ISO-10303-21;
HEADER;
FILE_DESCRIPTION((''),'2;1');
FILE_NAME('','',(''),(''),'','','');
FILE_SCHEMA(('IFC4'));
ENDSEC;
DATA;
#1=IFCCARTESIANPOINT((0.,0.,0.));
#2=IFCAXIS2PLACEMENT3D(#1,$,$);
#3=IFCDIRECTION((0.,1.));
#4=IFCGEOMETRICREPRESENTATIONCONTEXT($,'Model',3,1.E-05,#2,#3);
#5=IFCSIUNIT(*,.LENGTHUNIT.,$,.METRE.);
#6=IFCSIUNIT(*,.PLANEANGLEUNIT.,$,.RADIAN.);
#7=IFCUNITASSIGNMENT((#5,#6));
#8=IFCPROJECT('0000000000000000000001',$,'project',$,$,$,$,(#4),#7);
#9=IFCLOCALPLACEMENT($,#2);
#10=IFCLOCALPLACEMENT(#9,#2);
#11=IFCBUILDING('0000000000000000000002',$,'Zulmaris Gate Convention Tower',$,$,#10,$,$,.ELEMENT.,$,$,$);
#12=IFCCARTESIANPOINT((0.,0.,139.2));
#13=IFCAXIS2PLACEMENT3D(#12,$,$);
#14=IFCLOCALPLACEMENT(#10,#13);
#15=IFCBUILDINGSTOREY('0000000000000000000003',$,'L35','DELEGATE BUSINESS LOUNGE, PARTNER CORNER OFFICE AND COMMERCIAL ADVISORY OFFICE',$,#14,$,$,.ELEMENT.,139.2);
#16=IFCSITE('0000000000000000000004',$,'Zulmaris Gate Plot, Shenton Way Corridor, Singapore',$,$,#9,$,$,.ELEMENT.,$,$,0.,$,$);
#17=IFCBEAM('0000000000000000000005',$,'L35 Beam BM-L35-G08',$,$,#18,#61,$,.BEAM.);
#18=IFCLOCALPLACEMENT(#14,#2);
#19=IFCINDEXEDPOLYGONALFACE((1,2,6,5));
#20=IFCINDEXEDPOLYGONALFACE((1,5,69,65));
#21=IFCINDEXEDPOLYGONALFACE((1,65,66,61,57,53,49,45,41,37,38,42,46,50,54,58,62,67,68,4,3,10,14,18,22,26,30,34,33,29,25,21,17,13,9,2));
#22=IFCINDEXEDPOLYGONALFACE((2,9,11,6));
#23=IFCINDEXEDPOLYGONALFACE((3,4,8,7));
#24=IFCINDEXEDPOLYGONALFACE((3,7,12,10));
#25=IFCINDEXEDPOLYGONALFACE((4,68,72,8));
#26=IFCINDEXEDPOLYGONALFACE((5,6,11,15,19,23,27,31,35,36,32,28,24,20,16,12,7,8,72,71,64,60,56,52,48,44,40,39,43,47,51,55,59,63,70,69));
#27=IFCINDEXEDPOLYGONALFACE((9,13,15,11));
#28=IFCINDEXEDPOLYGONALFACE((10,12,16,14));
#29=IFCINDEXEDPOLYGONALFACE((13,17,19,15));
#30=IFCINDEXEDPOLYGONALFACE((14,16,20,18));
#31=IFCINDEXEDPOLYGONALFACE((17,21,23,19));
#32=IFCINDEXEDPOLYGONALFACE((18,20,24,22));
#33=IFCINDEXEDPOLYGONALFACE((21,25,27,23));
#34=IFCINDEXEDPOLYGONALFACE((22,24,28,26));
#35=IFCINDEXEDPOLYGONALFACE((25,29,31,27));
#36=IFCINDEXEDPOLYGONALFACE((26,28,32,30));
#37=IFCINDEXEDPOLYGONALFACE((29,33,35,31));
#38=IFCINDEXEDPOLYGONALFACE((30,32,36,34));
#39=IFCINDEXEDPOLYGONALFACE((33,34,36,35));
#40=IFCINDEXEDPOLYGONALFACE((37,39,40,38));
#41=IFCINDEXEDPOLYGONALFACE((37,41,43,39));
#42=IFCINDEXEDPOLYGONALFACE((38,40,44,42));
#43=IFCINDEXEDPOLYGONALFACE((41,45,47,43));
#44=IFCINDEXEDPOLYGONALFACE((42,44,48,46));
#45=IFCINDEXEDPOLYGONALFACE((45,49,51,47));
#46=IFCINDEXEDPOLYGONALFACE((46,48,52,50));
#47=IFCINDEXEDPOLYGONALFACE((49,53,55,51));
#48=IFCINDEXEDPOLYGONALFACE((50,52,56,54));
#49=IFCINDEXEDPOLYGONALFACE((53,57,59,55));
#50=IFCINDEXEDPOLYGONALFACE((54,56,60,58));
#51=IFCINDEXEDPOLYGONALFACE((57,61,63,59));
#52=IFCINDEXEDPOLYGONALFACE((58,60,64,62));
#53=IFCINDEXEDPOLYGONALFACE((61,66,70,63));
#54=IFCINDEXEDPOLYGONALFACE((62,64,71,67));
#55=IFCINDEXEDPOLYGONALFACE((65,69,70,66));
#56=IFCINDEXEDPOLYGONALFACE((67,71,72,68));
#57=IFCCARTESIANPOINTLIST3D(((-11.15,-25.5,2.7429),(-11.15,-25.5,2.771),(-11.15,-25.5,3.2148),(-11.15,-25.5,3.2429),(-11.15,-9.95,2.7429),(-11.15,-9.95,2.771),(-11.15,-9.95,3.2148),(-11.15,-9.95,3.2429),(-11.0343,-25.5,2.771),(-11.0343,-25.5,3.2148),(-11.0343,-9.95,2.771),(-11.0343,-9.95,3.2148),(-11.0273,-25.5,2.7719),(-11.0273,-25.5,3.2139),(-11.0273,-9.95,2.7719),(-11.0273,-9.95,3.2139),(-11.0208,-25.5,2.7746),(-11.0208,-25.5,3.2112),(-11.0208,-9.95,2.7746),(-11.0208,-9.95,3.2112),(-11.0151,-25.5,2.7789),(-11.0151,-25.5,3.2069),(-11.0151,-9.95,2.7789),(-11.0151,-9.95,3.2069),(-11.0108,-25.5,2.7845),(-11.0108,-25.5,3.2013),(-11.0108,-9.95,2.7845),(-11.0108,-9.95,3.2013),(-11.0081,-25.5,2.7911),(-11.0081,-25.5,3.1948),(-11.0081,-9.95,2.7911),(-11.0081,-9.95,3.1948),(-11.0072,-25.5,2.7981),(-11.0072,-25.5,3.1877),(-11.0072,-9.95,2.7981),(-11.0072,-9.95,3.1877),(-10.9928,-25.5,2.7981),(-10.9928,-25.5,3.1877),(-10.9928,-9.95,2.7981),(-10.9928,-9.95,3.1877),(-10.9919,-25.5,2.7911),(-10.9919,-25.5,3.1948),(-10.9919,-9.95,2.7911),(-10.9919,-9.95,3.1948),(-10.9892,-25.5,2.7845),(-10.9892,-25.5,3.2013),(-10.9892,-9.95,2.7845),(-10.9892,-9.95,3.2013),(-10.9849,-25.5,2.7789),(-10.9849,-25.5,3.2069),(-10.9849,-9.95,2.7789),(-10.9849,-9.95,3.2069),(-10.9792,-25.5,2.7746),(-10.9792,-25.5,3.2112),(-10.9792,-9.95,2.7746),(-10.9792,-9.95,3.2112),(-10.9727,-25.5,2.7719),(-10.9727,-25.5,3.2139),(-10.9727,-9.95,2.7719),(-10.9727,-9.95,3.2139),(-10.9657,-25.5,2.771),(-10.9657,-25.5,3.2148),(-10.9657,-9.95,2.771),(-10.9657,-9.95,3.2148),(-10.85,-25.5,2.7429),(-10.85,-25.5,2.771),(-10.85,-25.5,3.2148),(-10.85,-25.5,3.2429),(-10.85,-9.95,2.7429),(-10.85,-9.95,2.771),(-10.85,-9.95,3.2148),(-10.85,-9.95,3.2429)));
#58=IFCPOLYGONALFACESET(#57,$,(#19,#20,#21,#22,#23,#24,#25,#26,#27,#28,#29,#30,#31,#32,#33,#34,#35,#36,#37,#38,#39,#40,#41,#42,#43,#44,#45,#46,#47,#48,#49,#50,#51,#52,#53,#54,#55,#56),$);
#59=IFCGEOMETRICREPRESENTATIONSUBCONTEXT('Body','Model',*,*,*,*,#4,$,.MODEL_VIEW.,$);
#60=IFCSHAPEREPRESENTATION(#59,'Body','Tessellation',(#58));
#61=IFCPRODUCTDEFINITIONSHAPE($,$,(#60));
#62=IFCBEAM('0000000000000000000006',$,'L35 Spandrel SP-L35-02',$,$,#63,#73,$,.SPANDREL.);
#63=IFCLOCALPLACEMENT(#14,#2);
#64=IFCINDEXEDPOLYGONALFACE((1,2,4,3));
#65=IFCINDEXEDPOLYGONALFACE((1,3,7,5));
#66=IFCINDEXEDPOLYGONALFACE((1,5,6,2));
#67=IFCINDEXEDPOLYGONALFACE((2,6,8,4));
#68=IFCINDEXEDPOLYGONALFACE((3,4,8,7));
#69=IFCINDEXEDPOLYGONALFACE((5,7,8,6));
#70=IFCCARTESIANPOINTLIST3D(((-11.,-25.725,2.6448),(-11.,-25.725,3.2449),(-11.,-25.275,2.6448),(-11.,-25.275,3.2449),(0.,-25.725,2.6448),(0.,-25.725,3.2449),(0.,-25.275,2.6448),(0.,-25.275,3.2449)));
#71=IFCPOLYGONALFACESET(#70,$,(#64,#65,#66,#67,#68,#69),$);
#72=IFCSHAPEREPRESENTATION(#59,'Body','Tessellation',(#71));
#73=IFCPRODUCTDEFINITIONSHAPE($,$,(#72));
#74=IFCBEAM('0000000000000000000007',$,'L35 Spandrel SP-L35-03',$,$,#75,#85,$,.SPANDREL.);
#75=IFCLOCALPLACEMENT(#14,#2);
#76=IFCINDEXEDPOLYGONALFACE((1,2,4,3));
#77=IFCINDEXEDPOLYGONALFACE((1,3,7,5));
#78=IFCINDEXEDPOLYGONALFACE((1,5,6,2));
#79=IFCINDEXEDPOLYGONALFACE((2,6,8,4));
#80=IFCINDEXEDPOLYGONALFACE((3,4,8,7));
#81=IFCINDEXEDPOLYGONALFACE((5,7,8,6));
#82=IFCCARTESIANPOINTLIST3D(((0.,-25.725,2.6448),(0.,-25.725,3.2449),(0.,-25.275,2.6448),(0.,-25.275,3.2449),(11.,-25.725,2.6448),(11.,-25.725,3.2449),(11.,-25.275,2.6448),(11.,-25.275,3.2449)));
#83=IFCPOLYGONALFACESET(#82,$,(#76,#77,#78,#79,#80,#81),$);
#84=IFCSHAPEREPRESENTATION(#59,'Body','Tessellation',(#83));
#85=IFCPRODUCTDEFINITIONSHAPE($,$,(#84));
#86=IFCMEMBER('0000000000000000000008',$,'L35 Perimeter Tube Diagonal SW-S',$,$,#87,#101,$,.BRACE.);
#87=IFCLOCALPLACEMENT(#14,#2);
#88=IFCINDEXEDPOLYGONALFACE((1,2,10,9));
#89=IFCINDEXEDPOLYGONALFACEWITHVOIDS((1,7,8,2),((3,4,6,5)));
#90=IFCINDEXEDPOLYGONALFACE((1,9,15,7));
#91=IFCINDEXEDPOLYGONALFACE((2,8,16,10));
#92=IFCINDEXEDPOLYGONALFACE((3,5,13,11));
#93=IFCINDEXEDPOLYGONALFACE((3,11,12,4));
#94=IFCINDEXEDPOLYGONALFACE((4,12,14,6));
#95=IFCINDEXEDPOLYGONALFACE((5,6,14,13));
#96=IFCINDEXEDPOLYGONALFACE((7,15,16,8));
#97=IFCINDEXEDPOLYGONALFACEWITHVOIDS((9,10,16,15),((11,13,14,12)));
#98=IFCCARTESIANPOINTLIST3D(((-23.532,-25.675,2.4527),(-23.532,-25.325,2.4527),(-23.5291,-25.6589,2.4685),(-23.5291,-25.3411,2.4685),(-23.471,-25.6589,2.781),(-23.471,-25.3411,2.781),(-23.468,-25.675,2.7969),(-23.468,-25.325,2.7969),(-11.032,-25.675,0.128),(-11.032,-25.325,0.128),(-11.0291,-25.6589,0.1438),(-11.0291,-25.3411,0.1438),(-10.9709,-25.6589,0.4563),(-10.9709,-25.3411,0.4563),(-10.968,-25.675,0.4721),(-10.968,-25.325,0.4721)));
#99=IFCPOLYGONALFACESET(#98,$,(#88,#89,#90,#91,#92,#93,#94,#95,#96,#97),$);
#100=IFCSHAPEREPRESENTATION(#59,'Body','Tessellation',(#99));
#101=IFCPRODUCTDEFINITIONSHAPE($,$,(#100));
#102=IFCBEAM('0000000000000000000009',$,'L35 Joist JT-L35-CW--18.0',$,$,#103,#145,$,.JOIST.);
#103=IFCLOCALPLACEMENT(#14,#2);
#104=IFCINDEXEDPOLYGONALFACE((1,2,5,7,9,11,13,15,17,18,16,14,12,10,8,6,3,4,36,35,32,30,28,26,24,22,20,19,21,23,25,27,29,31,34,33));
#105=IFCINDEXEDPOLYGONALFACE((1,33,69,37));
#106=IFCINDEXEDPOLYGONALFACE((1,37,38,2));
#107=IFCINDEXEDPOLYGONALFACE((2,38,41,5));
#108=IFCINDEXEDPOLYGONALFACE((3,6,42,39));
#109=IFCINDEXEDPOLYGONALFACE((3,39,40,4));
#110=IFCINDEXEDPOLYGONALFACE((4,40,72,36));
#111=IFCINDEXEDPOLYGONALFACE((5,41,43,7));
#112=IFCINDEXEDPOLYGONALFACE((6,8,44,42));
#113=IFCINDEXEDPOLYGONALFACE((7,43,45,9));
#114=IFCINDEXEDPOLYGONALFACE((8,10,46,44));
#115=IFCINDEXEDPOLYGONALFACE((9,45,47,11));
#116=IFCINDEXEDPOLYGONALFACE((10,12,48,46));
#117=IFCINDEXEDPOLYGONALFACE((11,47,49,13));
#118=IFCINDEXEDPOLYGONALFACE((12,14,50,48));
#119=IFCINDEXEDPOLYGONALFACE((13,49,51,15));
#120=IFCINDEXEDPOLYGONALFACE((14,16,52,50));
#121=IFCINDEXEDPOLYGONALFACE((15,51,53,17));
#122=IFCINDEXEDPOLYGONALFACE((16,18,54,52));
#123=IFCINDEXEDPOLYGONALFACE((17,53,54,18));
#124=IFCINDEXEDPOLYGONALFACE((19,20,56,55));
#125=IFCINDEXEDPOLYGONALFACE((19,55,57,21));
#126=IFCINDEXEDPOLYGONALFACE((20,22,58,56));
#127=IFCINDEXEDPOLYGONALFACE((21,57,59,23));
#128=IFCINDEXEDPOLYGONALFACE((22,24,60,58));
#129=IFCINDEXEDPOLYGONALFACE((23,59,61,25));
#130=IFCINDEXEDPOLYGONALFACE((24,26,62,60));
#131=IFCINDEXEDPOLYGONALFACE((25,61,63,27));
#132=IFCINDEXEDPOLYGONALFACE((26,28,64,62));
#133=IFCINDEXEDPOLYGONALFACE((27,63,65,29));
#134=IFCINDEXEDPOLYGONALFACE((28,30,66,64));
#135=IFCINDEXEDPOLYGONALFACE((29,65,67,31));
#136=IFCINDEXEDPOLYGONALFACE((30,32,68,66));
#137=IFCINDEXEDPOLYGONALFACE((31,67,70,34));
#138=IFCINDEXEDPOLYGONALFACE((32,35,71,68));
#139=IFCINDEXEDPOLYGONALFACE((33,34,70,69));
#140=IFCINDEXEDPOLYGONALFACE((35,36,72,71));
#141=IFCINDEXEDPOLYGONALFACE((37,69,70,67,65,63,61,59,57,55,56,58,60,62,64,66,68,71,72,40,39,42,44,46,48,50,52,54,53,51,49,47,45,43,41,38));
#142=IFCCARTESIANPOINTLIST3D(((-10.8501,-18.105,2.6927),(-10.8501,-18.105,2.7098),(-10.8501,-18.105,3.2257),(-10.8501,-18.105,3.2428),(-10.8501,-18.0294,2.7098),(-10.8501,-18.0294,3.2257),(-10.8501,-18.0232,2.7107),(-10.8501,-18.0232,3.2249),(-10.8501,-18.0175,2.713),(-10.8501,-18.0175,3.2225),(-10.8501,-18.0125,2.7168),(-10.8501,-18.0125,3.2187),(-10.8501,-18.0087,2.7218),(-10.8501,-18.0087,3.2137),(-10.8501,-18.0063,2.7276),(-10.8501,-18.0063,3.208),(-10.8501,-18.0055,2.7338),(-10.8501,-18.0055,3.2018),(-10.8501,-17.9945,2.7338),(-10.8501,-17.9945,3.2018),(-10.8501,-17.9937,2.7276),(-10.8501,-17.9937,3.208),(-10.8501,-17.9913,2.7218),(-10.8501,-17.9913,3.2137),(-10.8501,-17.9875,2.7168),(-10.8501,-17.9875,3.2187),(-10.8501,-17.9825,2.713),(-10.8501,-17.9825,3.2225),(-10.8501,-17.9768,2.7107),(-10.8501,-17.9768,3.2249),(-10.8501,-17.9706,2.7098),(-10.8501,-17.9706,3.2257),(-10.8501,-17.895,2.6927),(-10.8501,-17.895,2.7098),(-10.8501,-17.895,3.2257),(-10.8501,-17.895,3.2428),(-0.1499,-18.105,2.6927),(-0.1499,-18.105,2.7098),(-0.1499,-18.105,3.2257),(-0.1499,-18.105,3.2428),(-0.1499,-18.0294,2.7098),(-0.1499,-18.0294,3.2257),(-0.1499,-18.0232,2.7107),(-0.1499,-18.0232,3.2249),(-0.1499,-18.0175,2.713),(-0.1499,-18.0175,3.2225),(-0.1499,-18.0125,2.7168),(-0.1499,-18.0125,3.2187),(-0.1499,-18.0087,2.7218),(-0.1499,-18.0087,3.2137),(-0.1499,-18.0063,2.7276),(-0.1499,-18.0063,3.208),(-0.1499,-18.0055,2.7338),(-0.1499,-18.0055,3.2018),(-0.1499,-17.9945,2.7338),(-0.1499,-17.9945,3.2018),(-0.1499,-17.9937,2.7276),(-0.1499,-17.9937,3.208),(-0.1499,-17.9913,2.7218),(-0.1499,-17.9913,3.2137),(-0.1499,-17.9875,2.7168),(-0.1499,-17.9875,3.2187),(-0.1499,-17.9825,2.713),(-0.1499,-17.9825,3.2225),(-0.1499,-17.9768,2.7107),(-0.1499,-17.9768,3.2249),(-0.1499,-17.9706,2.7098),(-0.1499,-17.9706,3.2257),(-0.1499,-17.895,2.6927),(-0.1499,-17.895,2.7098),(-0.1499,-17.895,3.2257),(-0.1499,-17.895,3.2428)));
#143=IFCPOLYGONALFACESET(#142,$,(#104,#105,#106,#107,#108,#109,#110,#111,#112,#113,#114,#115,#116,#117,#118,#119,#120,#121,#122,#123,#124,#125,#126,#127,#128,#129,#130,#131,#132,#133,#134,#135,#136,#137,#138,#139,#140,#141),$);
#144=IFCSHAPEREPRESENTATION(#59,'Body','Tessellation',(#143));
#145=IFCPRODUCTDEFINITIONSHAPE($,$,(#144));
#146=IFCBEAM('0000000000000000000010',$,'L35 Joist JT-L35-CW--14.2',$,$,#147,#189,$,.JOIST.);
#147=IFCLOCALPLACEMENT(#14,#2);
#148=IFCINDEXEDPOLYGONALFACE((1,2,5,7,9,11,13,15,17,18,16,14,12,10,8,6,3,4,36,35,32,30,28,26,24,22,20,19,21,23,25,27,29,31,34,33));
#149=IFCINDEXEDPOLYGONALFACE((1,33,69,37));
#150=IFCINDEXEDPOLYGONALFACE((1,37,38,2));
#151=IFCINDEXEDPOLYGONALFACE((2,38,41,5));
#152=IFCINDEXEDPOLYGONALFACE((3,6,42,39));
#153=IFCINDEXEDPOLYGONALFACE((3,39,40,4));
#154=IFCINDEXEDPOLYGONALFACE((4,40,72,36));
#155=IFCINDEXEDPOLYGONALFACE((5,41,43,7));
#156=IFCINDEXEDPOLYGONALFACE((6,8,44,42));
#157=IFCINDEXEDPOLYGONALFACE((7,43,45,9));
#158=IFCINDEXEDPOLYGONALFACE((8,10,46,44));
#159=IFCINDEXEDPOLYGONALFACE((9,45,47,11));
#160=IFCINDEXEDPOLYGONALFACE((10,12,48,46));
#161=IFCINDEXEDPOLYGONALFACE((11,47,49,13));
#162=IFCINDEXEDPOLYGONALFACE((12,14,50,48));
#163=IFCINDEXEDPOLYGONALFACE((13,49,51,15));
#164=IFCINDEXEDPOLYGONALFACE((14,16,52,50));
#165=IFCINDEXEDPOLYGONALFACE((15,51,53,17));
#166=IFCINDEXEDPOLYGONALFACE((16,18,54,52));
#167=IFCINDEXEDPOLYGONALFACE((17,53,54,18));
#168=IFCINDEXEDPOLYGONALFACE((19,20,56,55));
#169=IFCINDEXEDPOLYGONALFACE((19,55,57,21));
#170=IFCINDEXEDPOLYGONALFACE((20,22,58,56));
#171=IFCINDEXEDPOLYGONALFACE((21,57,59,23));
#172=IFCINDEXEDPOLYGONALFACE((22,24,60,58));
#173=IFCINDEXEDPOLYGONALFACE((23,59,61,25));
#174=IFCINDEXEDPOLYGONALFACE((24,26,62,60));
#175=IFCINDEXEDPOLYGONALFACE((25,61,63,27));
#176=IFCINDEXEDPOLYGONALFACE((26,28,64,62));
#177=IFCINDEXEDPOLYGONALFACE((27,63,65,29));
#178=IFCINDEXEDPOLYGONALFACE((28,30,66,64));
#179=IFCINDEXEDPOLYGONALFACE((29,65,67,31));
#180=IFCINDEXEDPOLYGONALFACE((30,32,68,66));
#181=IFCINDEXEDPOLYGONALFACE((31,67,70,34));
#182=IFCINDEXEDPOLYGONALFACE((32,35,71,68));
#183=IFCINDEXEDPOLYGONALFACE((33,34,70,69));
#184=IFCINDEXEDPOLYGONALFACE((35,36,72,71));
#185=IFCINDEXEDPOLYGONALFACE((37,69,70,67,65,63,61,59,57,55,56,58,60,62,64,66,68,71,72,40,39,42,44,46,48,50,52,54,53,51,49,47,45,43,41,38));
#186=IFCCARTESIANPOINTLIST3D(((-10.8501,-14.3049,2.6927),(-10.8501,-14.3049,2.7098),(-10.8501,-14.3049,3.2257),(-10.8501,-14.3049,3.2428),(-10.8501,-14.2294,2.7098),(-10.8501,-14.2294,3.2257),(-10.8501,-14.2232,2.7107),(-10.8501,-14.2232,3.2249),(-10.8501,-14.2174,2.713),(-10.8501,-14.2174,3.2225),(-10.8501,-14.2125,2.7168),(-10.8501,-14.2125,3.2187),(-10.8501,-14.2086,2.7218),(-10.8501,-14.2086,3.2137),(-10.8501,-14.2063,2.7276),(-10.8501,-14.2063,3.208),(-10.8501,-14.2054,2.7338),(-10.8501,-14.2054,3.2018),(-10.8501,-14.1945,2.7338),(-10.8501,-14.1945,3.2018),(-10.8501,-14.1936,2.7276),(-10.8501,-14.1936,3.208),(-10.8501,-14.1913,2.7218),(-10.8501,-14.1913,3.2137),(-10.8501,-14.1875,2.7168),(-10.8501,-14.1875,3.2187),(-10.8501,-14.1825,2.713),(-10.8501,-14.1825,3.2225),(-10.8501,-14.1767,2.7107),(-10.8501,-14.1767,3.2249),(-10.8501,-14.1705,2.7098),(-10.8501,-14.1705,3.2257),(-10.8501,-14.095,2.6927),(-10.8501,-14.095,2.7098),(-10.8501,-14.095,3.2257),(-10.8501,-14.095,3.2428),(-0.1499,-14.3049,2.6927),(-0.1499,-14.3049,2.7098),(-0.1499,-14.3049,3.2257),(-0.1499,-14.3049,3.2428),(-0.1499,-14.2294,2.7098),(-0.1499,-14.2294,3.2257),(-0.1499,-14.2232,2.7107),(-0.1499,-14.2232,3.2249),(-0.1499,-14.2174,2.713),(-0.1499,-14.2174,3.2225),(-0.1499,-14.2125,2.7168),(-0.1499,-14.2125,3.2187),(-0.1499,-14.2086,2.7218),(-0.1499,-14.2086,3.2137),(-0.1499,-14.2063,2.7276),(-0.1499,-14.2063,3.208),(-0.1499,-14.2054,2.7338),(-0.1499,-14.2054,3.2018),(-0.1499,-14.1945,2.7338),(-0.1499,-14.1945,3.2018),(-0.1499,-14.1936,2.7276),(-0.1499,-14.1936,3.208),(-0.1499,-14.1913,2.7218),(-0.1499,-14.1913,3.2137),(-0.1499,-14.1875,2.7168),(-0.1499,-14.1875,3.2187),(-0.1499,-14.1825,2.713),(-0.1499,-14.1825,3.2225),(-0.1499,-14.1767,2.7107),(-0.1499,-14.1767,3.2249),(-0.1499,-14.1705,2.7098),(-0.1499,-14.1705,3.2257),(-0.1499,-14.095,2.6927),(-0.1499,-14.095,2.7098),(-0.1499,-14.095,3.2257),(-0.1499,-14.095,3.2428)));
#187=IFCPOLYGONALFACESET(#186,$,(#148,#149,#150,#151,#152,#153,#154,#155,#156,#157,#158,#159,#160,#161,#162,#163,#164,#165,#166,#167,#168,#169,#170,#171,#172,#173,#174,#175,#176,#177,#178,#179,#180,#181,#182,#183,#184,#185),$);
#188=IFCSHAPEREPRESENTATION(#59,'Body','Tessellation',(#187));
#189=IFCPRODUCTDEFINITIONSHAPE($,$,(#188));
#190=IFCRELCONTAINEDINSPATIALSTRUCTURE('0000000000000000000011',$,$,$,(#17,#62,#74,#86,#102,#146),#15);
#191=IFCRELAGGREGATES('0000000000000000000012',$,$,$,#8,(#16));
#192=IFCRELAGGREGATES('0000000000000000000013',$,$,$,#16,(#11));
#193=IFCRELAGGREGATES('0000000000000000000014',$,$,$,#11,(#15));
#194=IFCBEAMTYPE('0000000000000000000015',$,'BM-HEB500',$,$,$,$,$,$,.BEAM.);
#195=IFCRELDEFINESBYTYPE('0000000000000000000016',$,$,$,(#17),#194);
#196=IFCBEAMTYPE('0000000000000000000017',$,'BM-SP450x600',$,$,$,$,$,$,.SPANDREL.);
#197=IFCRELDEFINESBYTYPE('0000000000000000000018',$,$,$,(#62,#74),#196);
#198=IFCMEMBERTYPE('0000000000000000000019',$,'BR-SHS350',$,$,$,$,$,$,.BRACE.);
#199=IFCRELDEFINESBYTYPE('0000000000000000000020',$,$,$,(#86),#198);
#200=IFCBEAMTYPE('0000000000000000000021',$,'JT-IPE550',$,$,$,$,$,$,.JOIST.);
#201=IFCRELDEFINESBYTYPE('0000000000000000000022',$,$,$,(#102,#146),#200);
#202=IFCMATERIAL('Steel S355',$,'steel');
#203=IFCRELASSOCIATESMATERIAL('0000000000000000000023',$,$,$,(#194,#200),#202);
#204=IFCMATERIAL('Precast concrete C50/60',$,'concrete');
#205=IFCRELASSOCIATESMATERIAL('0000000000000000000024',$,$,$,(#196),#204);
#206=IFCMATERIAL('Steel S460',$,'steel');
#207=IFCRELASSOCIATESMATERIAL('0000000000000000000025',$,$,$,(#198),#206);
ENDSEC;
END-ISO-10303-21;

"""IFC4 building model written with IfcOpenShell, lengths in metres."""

from ifc_helpers import new_model, si_unit, direction, frame, origin, origin_2d, place, context, subcontext, project, spatial, rectangle, hollow_rectangle, i_section, extrude, material, material_profile, profile_set, type_object, element, save


model = new_model("IFC4")

# Units and contexts
model_context = context("Model", 3, precision=1e-05, world=origin(), true_north=direction((0.0, 1.0)))
body_context = subcontext(model_context, "Body", "Model", "MODEL_VIEW")
ifc_project = project(units=[si_unit("LENGTHUNIT", "METRE"), si_unit("PLANEANGLEUNIT", "RADIAN")], contexts=[model_context])

# Site, building, storey
site_placement = place(None, origin())
site = spatial("IfcSite", under=ifc_project, at=site_placement, Name="Zulmaris Gate Plot, Shenton Way Corridor, Singapore", CompositionType="ELEMENT", RefElevation=0.0)
building_placement = place(site_placement, origin())
building = spatial("IfcBuilding", under=site, at=building_placement, Name="Zulmaris Gate Convention Tower", CompositionType="ELEMENT")
storey_placement = place(building_placement, frame((0.0, 0.0, 139.2)))
storey = spatial("IfcBuildingStorey", under=building, at=storey_placement, Name="L35", Description="DELEGATE BUSINESS LOUNGE, PARTNER CORNER OFFICE AND COMMERCIAL ADVISORY OFFICE", CompositionType="ELEMENT", Elevation=139.2)

# Beams
ifc_material_1 = material(Name="Steel S355", Category="steel")
ifc_material_profile_1 = material_profile(ifc_material_1, i_section(OverallWidth=0.3, OverallDepth=0.5, WebThickness=0.0144, FlangeThickness=0.0281, FilletRadius=0.0271, at=origin_2d()), Name="HEB 500")
ifc_profile_set_1 = profile_set([ifc_material_profile_1], Name="Steel S355")
beam_type_1 = type_object("IfcBeamType", Name="BM-HEB500", PredefinedType="BEAM", material=ifc_profile_set_1)
beam_1_placement = place(storey_placement, frame((-11.0, -25.5, 2.9929), z_axis=(0.0, 1.0, 0.0), x_axis=(-1.0, 0.0, 0.0)))
element("IfcBeam", 1, at=beam_1_placement, inside=storey, type_object=beam_type_1, Name="L35 Beam BM-L35-G08", PredefinedType="BEAM", context=body_context, shape_type="SweptSolid", body=[
    extrude(i_section(OverallWidth=0.3, OverallDepth=0.5, WebThickness=0.0144, FlangeThickness=0.0281, FilletRadius=0.0271, at=origin_2d()), origin(), (0.0, 0.0, 1.0), 15.55),
])
ifc_material_2 = material(Name="Precast concrete C50/60", Category="concrete")
ifc_material_profile_2 = material_profile(ifc_material_2, rectangle(XDim=0.45, YDim=0.6001, at=origin_2d()), Name="RC SPANDREL 450x600")
ifc_profile_set_2 = profile_set([ifc_material_profile_2], Name="Precast concrete C50/60")
beam_type_2 = type_object("IfcBeamType", Name="BM-SP450x600", PredefinedType="SPANDREL", material=ifc_profile_set_2)
for number, where, z_axis, x_axis, name in (
    (2, (-11.0, -25.5, 2.9448), (1.0, 0.0, 0.0), (0.0, 1.0, 0.0), "L35 Spandrel SP-L35-02"),
    (3, (0.0, -25.5, 2.9448), (1.0, 0.0, 0.0), (0.0, 1.0, 0.0), "L35 Spandrel SP-L35-03"),
):
    element("IfcBeam", number, at=place(storey_placement, frame(where, z_axis=z_axis, x_axis=x_axis)), inside=storey, type_object=beam_type_2, Name=name, PredefinedType="SPANDREL", context=body_context, shape_type="SweptSolid", body=[
        extrude(rectangle(XDim=0.45, YDim=0.6001, at=origin_2d()), origin(), (0.0, 0.0, 1.0), 11.0),
    ])

# Member
ifc_material_3 = material(Name="Steel S460", Category="steel")
ifc_material_profile_3 = material_profile(ifc_material_3, hollow_rectangle(XDim=0.3501, YDim=0.3501, WallThickness=0.0161, at=origin_2d()), Name="SHS 350x350x16")
ifc_profile_set_3 = profile_set([ifc_material_profile_3], Name="Steel S460")
member_type = type_object("IfcMemberType", Name="BR-SHS350", PredefinedType="BRACE", material=ifc_profile_set_3)
member_placement = place(storey_placement, frame((-11.0, -25.5, 0.3), z_axis=(-0.983142, 0.0, 0.182841), x_axis=(0.0, -1.0, 0.0)))
element("IfcMember", 4, at=member_placement, inside=storey, type_object=member_type, Name="L35 Perimeter Tube Diagonal SW-S", PredefinedType="BRACE", context=body_context, shape_type="SweptSolid", body=[
    extrude(hollow_rectangle(XDim=0.3501, YDim=0.3501, WallThickness=0.0161, at=origin_2d()), origin(), (0.0, 0.0, 1.0), 12.7144),
])

# Beams
ifc_material_profile_4 = material_profile(ifc_material_1, i_section(OverallWidth=0.21, OverallDepth=0.55, WebThickness=0.011, FlangeThickness=0.0171, FilletRadius=0.0239, at=origin_2d()), Name="IPE 550")
ifc_profile_set_4 = profile_set([ifc_material_profile_4], Name="Steel S355")
beam_type_3 = type_object("IfcBeamType", Name="JT-IPE550", PredefinedType="JOIST", material=ifc_profile_set_4)
for number, where, z_axis, x_axis, name in (
    (5, (-10.8501, -18.0, 2.9678), (1.0, 0.0, 0.0), (0.0, 1.0, 0.0), "L35 Joist JT-L35-CW--18.0"),
    (6, (-10.8501, -14.2, 2.9678), (1.0, 0.0, 0.0), (0.0, 1.0, 0.0), "L35 Joist JT-L35-CW--14.2"),
):
    element("IfcBeam", number, at=place(storey_placement, frame(where, z_axis=z_axis, x_axis=x_axis)), inside=storey, type_object=beam_type_3, Name=name, PredefinedType="JOIST", context=body_context, shape_type="SweptSolid", body=[
        extrude(i_section(OverallWidth=0.21, OverallDepth=0.55, WebThickness=0.011, FlangeThickness=0.0171, FilletRadius=0.0239, at=origin_2d()), origin(), (0.0, 0.0, 1.0), 10.7002),
    ])

save(model, "model.ifc")
